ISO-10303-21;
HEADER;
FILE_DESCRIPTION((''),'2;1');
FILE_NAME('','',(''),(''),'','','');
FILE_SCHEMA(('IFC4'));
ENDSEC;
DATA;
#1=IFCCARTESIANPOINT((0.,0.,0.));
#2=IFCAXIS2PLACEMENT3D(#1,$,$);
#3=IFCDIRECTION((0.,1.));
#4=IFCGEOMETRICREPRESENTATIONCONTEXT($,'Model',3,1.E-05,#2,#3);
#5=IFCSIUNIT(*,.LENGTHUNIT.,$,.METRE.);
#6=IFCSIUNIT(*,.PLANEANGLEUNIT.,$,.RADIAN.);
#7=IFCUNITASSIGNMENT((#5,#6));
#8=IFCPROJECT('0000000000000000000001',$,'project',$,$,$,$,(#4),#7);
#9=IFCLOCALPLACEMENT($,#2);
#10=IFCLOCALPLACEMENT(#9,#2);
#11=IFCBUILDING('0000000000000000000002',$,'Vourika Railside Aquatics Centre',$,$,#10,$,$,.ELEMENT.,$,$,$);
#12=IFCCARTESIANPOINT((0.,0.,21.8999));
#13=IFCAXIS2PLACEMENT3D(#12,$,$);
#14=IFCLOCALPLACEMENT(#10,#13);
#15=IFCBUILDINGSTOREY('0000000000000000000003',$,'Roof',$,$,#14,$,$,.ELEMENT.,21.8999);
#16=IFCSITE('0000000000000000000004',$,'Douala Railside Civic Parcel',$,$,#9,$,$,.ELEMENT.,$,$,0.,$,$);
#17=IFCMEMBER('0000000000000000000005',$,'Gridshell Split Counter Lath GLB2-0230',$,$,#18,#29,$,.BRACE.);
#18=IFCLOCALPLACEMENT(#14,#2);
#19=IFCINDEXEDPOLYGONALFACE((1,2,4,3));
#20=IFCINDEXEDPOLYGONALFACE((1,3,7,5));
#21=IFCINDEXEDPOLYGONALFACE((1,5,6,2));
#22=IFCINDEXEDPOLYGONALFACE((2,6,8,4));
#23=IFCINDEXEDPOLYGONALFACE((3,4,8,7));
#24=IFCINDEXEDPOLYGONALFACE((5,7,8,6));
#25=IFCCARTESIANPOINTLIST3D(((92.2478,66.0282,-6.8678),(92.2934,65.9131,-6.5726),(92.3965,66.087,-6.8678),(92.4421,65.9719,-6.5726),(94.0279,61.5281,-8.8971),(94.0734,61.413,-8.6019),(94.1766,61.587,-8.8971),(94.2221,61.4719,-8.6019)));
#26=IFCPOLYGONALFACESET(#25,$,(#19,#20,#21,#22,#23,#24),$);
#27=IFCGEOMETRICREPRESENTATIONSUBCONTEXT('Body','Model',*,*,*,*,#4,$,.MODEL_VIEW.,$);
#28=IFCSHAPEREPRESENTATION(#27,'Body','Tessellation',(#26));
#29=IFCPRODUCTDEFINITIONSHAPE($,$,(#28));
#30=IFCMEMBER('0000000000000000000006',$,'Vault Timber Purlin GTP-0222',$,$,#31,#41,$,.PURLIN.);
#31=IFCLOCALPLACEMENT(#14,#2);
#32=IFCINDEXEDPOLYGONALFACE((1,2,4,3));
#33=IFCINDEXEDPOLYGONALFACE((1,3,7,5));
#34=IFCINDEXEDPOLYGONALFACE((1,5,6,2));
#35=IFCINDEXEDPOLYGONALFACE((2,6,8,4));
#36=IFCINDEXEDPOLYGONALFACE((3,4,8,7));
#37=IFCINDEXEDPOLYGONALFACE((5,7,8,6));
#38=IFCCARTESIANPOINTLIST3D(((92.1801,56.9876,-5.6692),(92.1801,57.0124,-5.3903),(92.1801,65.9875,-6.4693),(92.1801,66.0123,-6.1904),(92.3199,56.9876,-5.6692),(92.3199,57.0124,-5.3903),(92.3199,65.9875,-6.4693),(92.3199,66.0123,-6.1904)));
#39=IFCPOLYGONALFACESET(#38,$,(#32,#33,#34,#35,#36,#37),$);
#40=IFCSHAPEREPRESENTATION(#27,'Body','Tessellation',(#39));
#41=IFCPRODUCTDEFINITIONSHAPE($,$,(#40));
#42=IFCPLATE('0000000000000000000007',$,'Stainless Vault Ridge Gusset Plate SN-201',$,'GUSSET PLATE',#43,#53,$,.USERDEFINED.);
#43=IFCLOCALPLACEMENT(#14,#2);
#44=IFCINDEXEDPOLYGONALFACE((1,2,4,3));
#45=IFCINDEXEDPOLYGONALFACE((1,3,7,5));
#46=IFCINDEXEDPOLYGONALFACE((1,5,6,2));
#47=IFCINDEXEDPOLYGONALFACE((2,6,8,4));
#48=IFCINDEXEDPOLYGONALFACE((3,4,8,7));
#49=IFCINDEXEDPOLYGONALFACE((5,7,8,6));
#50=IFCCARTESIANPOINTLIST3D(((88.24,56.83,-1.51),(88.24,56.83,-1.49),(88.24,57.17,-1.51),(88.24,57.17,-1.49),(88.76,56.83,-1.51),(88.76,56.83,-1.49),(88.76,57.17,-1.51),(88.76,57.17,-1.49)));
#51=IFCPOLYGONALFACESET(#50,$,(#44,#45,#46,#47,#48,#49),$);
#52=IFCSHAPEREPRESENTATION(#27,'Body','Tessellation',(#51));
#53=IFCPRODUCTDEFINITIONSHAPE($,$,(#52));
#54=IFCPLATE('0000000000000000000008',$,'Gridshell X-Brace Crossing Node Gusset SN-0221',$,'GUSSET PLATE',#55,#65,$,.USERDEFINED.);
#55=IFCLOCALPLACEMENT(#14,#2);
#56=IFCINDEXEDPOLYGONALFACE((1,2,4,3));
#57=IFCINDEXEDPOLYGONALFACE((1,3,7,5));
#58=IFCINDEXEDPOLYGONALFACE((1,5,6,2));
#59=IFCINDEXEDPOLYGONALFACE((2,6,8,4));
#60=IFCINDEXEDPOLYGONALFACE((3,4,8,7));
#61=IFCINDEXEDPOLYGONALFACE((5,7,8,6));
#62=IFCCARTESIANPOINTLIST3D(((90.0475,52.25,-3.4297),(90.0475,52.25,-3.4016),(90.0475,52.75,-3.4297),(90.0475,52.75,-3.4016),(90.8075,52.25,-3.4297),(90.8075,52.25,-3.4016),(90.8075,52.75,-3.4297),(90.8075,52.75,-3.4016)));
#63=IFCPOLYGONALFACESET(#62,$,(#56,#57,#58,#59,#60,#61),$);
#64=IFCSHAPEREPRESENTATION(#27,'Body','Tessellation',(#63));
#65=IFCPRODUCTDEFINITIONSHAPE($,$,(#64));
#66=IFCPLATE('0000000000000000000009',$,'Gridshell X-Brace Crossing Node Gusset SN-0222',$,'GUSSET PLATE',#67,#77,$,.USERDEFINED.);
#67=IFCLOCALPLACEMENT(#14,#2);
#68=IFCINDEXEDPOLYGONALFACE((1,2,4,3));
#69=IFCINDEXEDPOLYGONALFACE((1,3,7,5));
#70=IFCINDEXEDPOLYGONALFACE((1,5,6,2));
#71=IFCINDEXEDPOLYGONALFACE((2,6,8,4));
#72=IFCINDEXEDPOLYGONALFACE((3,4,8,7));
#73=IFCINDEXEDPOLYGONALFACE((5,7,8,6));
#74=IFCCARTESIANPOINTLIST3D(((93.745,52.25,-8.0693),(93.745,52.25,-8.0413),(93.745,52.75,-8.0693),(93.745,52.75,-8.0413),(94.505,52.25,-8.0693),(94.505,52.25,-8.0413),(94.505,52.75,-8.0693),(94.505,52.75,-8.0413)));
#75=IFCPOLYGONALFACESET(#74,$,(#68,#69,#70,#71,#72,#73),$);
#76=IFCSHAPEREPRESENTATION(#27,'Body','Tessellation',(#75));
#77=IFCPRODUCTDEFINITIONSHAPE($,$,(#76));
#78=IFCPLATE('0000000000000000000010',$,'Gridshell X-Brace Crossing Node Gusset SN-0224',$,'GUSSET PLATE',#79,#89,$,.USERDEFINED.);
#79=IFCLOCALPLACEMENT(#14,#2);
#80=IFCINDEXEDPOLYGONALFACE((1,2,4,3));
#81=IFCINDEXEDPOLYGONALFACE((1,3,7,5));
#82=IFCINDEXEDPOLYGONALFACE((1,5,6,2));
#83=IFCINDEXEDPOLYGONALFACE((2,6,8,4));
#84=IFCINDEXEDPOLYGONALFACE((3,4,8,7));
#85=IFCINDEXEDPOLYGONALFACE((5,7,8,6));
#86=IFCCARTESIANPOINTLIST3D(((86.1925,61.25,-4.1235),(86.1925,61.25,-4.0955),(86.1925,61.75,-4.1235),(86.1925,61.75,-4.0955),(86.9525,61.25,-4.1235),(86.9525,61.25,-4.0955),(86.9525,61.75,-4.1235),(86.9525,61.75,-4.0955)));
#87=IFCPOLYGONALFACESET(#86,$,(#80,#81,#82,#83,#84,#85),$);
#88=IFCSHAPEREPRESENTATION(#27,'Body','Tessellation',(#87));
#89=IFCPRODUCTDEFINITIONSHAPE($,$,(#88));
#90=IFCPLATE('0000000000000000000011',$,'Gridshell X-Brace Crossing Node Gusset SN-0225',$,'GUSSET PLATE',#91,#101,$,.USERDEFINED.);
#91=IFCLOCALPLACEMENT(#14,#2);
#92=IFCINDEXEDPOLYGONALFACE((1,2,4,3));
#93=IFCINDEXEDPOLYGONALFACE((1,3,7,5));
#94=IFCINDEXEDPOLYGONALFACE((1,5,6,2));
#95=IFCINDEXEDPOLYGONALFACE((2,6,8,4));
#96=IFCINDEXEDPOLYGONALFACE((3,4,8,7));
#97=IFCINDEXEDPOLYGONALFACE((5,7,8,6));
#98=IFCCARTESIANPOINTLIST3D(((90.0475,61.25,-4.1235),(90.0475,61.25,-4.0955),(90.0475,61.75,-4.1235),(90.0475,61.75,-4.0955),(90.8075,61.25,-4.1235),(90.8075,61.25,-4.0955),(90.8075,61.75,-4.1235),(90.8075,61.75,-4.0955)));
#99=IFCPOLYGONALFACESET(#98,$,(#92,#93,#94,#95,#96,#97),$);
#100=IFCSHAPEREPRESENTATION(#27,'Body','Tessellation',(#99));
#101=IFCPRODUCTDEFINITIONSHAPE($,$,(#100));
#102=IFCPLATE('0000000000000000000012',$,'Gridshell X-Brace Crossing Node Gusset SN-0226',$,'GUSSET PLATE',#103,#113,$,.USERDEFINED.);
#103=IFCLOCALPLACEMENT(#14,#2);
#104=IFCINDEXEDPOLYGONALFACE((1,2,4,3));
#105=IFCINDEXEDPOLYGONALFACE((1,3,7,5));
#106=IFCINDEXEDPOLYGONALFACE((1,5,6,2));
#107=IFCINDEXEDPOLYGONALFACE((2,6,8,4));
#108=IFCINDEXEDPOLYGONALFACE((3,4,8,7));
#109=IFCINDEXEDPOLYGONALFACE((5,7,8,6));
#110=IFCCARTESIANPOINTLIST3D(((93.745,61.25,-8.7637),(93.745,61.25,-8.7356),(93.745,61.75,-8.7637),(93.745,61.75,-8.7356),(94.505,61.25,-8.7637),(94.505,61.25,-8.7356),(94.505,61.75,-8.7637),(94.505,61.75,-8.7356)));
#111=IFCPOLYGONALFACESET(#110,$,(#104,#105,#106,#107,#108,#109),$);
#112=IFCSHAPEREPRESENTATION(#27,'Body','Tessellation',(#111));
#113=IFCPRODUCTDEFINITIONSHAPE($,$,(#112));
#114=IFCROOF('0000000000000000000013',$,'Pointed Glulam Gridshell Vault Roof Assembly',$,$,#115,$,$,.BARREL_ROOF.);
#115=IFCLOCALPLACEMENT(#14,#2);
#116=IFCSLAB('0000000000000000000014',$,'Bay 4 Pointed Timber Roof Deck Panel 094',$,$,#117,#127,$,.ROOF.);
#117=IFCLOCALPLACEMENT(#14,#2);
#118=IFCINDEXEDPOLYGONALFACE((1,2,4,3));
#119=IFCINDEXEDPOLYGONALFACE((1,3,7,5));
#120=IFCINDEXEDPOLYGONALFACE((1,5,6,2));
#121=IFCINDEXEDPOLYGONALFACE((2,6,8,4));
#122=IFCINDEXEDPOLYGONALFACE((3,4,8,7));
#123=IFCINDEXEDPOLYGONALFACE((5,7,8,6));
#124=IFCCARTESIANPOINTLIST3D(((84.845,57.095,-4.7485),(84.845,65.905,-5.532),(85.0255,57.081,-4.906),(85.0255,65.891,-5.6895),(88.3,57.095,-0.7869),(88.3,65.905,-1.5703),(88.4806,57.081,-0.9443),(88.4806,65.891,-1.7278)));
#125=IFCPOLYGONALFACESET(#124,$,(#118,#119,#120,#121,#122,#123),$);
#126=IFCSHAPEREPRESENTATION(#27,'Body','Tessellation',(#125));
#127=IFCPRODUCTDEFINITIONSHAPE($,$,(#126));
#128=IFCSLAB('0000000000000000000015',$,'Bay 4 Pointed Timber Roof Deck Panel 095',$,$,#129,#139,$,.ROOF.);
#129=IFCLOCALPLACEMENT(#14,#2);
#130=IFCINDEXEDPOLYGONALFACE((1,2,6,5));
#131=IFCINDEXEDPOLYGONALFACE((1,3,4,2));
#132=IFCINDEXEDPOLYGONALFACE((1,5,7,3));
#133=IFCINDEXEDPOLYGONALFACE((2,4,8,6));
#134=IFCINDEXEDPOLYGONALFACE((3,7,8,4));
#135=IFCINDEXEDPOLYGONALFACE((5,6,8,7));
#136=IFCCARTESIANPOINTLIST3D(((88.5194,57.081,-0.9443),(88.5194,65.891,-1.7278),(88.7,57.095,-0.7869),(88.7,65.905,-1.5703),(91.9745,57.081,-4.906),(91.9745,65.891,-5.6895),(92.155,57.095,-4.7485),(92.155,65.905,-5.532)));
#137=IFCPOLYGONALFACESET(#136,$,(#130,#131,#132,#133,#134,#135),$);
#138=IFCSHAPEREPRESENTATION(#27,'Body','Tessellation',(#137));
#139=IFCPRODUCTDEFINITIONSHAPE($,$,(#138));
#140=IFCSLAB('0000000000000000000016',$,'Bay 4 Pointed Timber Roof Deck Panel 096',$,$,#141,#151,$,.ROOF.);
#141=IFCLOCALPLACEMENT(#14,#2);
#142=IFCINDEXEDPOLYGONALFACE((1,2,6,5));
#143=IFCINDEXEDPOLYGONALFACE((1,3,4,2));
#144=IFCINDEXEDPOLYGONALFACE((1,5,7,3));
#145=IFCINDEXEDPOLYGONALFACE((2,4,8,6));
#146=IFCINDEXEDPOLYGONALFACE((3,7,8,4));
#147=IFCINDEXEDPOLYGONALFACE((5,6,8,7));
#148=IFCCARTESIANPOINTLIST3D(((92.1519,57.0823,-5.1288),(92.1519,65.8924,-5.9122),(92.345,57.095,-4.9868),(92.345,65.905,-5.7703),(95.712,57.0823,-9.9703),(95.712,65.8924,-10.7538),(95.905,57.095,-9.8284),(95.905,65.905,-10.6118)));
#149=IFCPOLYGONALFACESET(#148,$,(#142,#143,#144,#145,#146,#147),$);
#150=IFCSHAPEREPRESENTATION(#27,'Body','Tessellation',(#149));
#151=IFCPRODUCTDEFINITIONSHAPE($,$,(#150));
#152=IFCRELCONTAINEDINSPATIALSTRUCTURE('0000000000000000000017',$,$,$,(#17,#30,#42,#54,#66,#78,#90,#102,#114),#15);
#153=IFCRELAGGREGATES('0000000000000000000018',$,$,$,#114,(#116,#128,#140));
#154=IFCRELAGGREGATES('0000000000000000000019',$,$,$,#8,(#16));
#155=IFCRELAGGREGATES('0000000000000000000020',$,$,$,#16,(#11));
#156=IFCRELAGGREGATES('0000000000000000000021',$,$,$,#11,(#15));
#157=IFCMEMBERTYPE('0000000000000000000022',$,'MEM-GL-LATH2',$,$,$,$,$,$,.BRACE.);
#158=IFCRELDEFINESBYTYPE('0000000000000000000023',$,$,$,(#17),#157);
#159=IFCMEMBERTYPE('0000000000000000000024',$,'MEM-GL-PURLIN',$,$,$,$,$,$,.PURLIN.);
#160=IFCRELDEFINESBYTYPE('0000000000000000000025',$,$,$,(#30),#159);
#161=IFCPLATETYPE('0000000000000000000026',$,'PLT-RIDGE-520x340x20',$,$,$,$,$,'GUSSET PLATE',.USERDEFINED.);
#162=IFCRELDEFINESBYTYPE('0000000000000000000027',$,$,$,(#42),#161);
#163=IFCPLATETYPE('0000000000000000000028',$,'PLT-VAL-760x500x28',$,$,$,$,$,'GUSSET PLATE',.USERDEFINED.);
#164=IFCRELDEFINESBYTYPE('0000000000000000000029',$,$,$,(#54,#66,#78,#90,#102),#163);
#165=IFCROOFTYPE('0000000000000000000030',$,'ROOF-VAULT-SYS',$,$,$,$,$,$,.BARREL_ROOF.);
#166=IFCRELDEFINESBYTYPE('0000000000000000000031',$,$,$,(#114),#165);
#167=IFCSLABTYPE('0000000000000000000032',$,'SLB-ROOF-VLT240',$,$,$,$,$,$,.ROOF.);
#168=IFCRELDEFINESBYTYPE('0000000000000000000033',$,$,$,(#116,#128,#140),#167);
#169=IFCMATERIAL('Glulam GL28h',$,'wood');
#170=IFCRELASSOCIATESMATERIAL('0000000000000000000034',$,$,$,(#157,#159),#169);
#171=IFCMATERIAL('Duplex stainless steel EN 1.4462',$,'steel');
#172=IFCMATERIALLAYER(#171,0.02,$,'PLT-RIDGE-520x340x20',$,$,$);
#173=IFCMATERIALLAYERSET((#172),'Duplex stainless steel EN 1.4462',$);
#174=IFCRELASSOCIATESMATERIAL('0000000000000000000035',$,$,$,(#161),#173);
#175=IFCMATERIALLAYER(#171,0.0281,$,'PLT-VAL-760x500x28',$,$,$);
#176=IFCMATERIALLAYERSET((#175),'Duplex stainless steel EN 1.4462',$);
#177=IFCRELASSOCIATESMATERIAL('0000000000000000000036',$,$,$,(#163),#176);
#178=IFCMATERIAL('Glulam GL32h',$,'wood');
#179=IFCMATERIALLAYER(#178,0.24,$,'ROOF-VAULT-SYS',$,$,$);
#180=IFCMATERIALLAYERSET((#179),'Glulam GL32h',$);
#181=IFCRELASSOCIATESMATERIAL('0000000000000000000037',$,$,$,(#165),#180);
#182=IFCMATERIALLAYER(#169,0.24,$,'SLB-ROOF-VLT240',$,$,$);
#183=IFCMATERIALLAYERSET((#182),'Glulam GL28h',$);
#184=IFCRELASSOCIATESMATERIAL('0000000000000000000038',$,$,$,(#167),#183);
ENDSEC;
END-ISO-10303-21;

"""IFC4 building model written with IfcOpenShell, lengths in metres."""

from ifc_helpers import new_model, si_unit, direction, frame, origin, origin_2d, place, context, subcontext, project, spatial, polyline, rectangle, outline, extrude, material, layer, layer_set, material_profile, profile_set, type_object, element, aggregate, save


model = new_model("IFC4")

# Units and contexts
model_context = context("Model", 3, precision=1e-05, world=origin(), true_north=direction((0.0, 1.0)))
body_context = subcontext(model_context, "Body", "Model", "MODEL_VIEW")
ifc_project = project(units=[si_unit("LENGTHUNIT", "METRE"), si_unit("PLANEANGLEUNIT", "RADIAN")], contexts=[model_context])

# Site, building, storey
site_placement = place(None, origin())
site = spatial("IfcSite", under=ifc_project, at=site_placement, Name="Douala Railside Civic Parcel", CompositionType="ELEMENT", RefElevation=0.0)
building_placement = place(site_placement, origin())
building = spatial("IfcBuilding", under=site, at=building_placement, Name="Vourika Railside Aquatics Centre", CompositionType="ELEMENT")
storey_placement = place(building_placement, frame((0.0, 0.0, 21.8999)))
storey = spatial("IfcBuildingStorey", under=building, at=storey_placement, Name="Roof", CompositionType="ELEMENT", Elevation=21.8999)

# Shared definitions
ifc_material_1 = material(Name="Glulam GL32h", Category="wood")

# Members
ifc_material_2 = material(Name="Glulam GL28h", Category="wood")
ifc_material_profile_1 = material_profile(ifc_material_2, rectangle(XDim=0.1599, YDim=0.3201, at=origin_2d()), Name="GL28h 160x320")
ifc_profile_set_1 = profile_set([ifc_material_profile_1], Name="Glulam GL28h")
member_type_1 = type_object("IfcMemberType", Name="MEM-GL-LATH2", PredefinedType="BRACE", material=ifc_profile_set_1)
member_1_placement = place(storey_placement, frame((94.125, 61.5, -8.7495), z_axis=(-0.339213, 0.857547, 0.386715), x_axis=(-0.929893, -0.36783, 0.0)))
element("IfcMember", 1, at=member_1_placement, inside=storey, type_object=member_type_1, Name="Gridshell Split Counter Lath GLB2-0230", PredefinedType="BRACE", context=body_context, shape_type="SweptSolid", body=[
    extrude(rectangle(XDim=0.1599, YDim=0.3201, at=origin_2d()), origin(), (0.0, 0.0, 1.0), 5.2476),
])
ifc_material_profile_2 = material_profile(ifc_material_2, rectangle(XDim=0.1399, YDim=0.28, at=origin_2d()), Name="GL28h 140x280")
ifc_profile_set_2 = profile_set([ifc_material_profile_2], Name="Glulam GL28h")
member_type_2 = type_object("IfcMemberType", Name="MEM-GL-PURLIN", PredefinedType="PURLIN", material=ifc_profile_set_2)
member_2_placement = place(storey_placement, frame((92.25, 57.0, -5.5298), z_axis=(0.0, 0.996072, -0.088545), x_axis=(-1.0, 0.0, 0.0)))
element("IfcMember", 2, at=member_2_placement, inside=storey, type_object=member_type_2, Name="Vault Timber Purlin GTP-0222", PredefinedType="PURLIN", context=body_context, shape_type="SweptSolid", body=[
    extrude(rectangle(XDim=0.1399, YDim=0.28, at=origin_2d()), origin(), (0.0, 0.0, 1.0), 9.0354),
])

# Plates
ifc_material_3 = material(Name="Duplex stainless steel EN 1.4462", Category="steel")
ifc_layer_1 = layer(ifc_material_3, 0.02, Name="PLT-RIDGE-520x340x20")
ifc_layer_set_1 = layer_set([ifc_layer_1], Name="Duplex stainless steel EN 1.4462")
plate_type_1 = type_object("IfcPlateType", Name="PLT-RIDGE-520x340x20", ElementType="GUSSET PLATE", PredefinedType="USERDEFINED", material=ifc_layer_set_1)
plate_placement = place(storey_placement, frame((88.5, 57.0, -1.51), z_axis=(0.0, 0.0, 1.0), x_axis=(1.0, 0.0, 0.0)))
element("IfcPlate", 3, at=plate_placement, inside=storey, type_object=plate_type_1, Name="Stainless Vault Ridge Gusset Plate SN-201", ObjectType="GUSSET PLATE", PredefinedType="USERDEFINED", context=body_context, shape_type="SweptSolid", body=[
    extrude(rectangle(XDim=0.52, YDim=0.3401, at=origin_2d()), origin(), (0.0, 0.0, 1.0), 0.02),
])
ifc_layer_2 = layer(ifc_material_3, 0.0281, Name="PLT-VAL-760x500x28")
ifc_layer_set_2 = layer_set([ifc_layer_2], Name="Duplex stainless steel EN 1.4462")
plate_type_2 = type_object("IfcPlateType", Name="PLT-VAL-760x500x28", ElementType="GUSSET PLATE", PredefinedType="USERDEFINED", material=ifc_layer_set_2)
for number, where, z_axis, x_axis, name in (
    (4, (90.4275, 52.5, -3.4297), (0.0, 0.0, 1.0), (1.0, 0.0, 0.0), "Gridshell X-Brace Crossing Node Gusset SN-0221"),
    (5, (94.125, 52.5, -8.0693), (0.0, 0.0, 1.0), (1.0, 0.0, 0.0), "Gridshell X-Brace Crossing Node Gusset SN-0222"),
    (6, (86.5725, 61.5, -4.1235), (0.0, 0.0, 1.0), (1.0, 0.0, 0.0), "Gridshell X-Brace Crossing Node Gusset SN-0224"),
    (7, (90.4275, 61.5, -4.1235), (0.0, 0.0, 1.0), (1.0, 0.0, 0.0), "Gridshell X-Brace Crossing Node Gusset SN-0225"),
    (8, (94.125, 61.5, -8.7637), (0.0, 0.0, 1.0), (1.0, 0.0, 0.0), "Gridshell X-Brace Crossing Node Gusset SN-0226"),
):
    element("IfcPlate", number, at=place(storey_placement, frame(where, z_axis=z_axis, x_axis=x_axis)), inside=storey, type_object=plate_type_2, Name=name, ObjectType="GUSSET PLATE", PredefinedType="USERDEFINED", context=body_context, shape_type="SweptSolid", body=[
        extrude(rectangle(XDim=0.76, YDim=0.5, at=origin_2d()), origin(), (0.0, 0.0, 1.0), 0.0281),
    ])

# Roof, slabs
ifc_layer_3 = layer(ifc_material_1, 0.24, Name="ROOF-VAULT-SYS")
ifc_layer_set_3 = layer_set([ifc_layer_3], Name="Glulam GL32h")
roof_type = type_object("IfcRoofType", Name="ROOF-VAULT-SYS", PredefinedType="BARREL_ROOF", material=ifc_layer_set_3)
roof_placement = place(storey_placement, origin())
roof = element("IfcRoof", 9, at=roof_placement, inside=storey, type_object=roof_type, Name="Pointed Glulam Gridshell Vault Roof Assembly", PredefinedType="BARREL_ROOF")
ifc_layer_4 = layer(ifc_material_2, 0.24, Name="SLB-ROOF-VLT240")
ifc_layer_set_4 = layer_set([ifc_layer_4], Name="Glulam GL28h")
slab_type = type_object("IfcSlabType", Name="SLB-ROOF-VLT240", PredefinedType="ROOF", material=ifc_layer_set_4)
slab_1_placement = place(storey_placement, frame((84.845, 57.095, -4.7485), z_axis=(-0.752365, 0.05835, 0.656157), x_axis=(0.657277, 0.0, 0.753649)))
slab_1 = element("IfcSlab", 10, at=slab_1_placement, type_object=slab_type, Name="Bay 4 Pointed Timber Roof Deck Panel 094", PredefinedType="ROOF", context=body_context, shape_type="SweptSolid", body=[
    extrude(outline(polyline([(0.0, 0.0), (5.2567, 0.0), (4.6662, 8.8251), (-0.5904, 8.8251), (0.0, 0.0)])), origin(), (0.0, 0.0, -1.0), 0.24),
])
slab_2_placement = place(storey_placement, frame((88.7, 57.095, -0.7869), z_axis=(0.752365, 0.05835, 0.656157), x_axis=(0.657277, 0.0, -0.753649)))
slab_2 = element("IfcSlab", 11, at=slab_2_placement, type_object=slab_type, Name="Bay 4 Pointed Timber Roof Deck Panel 095", PredefinedType="ROOF", context=body_context, shape_type="SweptSolid", body=[
    extrude(outline(polyline([(0.0, 0.0), (5.2567, 0.0), (5.8471, 8.8251), (0.5904, 8.8251), (0.0, 0.0)])), origin(), (0.0, 0.0, -1.0), 0.24),
])
slab_3_placement = place(storey_placement, frame((92.345, 57.095, -4.9868), z_axis=(0.804528, 0.052607, 0.59158), x_axis=(0.592401, 0.0, -0.805644)))
slab_3 = element("IfcSlab", 12, at=slab_3_placement, type_object=slab_type, Name="Bay 4 Pointed Timber Roof Deck Panel 096", PredefinedType="ROOF", context=body_context, shape_type="SweptSolid", body=[
    extrude(outline(polyline([(0.0, 0.0), (6.0095, 0.0), (6.6407, 8.8223), (0.6312, 8.8223), (0.0, 0.0)])), origin(), (0.0, 0.0, -1.0), 0.24),
])
aggregate(roof, [slab_1, slab_2, slab_3])

save(model, "model.ifc")
